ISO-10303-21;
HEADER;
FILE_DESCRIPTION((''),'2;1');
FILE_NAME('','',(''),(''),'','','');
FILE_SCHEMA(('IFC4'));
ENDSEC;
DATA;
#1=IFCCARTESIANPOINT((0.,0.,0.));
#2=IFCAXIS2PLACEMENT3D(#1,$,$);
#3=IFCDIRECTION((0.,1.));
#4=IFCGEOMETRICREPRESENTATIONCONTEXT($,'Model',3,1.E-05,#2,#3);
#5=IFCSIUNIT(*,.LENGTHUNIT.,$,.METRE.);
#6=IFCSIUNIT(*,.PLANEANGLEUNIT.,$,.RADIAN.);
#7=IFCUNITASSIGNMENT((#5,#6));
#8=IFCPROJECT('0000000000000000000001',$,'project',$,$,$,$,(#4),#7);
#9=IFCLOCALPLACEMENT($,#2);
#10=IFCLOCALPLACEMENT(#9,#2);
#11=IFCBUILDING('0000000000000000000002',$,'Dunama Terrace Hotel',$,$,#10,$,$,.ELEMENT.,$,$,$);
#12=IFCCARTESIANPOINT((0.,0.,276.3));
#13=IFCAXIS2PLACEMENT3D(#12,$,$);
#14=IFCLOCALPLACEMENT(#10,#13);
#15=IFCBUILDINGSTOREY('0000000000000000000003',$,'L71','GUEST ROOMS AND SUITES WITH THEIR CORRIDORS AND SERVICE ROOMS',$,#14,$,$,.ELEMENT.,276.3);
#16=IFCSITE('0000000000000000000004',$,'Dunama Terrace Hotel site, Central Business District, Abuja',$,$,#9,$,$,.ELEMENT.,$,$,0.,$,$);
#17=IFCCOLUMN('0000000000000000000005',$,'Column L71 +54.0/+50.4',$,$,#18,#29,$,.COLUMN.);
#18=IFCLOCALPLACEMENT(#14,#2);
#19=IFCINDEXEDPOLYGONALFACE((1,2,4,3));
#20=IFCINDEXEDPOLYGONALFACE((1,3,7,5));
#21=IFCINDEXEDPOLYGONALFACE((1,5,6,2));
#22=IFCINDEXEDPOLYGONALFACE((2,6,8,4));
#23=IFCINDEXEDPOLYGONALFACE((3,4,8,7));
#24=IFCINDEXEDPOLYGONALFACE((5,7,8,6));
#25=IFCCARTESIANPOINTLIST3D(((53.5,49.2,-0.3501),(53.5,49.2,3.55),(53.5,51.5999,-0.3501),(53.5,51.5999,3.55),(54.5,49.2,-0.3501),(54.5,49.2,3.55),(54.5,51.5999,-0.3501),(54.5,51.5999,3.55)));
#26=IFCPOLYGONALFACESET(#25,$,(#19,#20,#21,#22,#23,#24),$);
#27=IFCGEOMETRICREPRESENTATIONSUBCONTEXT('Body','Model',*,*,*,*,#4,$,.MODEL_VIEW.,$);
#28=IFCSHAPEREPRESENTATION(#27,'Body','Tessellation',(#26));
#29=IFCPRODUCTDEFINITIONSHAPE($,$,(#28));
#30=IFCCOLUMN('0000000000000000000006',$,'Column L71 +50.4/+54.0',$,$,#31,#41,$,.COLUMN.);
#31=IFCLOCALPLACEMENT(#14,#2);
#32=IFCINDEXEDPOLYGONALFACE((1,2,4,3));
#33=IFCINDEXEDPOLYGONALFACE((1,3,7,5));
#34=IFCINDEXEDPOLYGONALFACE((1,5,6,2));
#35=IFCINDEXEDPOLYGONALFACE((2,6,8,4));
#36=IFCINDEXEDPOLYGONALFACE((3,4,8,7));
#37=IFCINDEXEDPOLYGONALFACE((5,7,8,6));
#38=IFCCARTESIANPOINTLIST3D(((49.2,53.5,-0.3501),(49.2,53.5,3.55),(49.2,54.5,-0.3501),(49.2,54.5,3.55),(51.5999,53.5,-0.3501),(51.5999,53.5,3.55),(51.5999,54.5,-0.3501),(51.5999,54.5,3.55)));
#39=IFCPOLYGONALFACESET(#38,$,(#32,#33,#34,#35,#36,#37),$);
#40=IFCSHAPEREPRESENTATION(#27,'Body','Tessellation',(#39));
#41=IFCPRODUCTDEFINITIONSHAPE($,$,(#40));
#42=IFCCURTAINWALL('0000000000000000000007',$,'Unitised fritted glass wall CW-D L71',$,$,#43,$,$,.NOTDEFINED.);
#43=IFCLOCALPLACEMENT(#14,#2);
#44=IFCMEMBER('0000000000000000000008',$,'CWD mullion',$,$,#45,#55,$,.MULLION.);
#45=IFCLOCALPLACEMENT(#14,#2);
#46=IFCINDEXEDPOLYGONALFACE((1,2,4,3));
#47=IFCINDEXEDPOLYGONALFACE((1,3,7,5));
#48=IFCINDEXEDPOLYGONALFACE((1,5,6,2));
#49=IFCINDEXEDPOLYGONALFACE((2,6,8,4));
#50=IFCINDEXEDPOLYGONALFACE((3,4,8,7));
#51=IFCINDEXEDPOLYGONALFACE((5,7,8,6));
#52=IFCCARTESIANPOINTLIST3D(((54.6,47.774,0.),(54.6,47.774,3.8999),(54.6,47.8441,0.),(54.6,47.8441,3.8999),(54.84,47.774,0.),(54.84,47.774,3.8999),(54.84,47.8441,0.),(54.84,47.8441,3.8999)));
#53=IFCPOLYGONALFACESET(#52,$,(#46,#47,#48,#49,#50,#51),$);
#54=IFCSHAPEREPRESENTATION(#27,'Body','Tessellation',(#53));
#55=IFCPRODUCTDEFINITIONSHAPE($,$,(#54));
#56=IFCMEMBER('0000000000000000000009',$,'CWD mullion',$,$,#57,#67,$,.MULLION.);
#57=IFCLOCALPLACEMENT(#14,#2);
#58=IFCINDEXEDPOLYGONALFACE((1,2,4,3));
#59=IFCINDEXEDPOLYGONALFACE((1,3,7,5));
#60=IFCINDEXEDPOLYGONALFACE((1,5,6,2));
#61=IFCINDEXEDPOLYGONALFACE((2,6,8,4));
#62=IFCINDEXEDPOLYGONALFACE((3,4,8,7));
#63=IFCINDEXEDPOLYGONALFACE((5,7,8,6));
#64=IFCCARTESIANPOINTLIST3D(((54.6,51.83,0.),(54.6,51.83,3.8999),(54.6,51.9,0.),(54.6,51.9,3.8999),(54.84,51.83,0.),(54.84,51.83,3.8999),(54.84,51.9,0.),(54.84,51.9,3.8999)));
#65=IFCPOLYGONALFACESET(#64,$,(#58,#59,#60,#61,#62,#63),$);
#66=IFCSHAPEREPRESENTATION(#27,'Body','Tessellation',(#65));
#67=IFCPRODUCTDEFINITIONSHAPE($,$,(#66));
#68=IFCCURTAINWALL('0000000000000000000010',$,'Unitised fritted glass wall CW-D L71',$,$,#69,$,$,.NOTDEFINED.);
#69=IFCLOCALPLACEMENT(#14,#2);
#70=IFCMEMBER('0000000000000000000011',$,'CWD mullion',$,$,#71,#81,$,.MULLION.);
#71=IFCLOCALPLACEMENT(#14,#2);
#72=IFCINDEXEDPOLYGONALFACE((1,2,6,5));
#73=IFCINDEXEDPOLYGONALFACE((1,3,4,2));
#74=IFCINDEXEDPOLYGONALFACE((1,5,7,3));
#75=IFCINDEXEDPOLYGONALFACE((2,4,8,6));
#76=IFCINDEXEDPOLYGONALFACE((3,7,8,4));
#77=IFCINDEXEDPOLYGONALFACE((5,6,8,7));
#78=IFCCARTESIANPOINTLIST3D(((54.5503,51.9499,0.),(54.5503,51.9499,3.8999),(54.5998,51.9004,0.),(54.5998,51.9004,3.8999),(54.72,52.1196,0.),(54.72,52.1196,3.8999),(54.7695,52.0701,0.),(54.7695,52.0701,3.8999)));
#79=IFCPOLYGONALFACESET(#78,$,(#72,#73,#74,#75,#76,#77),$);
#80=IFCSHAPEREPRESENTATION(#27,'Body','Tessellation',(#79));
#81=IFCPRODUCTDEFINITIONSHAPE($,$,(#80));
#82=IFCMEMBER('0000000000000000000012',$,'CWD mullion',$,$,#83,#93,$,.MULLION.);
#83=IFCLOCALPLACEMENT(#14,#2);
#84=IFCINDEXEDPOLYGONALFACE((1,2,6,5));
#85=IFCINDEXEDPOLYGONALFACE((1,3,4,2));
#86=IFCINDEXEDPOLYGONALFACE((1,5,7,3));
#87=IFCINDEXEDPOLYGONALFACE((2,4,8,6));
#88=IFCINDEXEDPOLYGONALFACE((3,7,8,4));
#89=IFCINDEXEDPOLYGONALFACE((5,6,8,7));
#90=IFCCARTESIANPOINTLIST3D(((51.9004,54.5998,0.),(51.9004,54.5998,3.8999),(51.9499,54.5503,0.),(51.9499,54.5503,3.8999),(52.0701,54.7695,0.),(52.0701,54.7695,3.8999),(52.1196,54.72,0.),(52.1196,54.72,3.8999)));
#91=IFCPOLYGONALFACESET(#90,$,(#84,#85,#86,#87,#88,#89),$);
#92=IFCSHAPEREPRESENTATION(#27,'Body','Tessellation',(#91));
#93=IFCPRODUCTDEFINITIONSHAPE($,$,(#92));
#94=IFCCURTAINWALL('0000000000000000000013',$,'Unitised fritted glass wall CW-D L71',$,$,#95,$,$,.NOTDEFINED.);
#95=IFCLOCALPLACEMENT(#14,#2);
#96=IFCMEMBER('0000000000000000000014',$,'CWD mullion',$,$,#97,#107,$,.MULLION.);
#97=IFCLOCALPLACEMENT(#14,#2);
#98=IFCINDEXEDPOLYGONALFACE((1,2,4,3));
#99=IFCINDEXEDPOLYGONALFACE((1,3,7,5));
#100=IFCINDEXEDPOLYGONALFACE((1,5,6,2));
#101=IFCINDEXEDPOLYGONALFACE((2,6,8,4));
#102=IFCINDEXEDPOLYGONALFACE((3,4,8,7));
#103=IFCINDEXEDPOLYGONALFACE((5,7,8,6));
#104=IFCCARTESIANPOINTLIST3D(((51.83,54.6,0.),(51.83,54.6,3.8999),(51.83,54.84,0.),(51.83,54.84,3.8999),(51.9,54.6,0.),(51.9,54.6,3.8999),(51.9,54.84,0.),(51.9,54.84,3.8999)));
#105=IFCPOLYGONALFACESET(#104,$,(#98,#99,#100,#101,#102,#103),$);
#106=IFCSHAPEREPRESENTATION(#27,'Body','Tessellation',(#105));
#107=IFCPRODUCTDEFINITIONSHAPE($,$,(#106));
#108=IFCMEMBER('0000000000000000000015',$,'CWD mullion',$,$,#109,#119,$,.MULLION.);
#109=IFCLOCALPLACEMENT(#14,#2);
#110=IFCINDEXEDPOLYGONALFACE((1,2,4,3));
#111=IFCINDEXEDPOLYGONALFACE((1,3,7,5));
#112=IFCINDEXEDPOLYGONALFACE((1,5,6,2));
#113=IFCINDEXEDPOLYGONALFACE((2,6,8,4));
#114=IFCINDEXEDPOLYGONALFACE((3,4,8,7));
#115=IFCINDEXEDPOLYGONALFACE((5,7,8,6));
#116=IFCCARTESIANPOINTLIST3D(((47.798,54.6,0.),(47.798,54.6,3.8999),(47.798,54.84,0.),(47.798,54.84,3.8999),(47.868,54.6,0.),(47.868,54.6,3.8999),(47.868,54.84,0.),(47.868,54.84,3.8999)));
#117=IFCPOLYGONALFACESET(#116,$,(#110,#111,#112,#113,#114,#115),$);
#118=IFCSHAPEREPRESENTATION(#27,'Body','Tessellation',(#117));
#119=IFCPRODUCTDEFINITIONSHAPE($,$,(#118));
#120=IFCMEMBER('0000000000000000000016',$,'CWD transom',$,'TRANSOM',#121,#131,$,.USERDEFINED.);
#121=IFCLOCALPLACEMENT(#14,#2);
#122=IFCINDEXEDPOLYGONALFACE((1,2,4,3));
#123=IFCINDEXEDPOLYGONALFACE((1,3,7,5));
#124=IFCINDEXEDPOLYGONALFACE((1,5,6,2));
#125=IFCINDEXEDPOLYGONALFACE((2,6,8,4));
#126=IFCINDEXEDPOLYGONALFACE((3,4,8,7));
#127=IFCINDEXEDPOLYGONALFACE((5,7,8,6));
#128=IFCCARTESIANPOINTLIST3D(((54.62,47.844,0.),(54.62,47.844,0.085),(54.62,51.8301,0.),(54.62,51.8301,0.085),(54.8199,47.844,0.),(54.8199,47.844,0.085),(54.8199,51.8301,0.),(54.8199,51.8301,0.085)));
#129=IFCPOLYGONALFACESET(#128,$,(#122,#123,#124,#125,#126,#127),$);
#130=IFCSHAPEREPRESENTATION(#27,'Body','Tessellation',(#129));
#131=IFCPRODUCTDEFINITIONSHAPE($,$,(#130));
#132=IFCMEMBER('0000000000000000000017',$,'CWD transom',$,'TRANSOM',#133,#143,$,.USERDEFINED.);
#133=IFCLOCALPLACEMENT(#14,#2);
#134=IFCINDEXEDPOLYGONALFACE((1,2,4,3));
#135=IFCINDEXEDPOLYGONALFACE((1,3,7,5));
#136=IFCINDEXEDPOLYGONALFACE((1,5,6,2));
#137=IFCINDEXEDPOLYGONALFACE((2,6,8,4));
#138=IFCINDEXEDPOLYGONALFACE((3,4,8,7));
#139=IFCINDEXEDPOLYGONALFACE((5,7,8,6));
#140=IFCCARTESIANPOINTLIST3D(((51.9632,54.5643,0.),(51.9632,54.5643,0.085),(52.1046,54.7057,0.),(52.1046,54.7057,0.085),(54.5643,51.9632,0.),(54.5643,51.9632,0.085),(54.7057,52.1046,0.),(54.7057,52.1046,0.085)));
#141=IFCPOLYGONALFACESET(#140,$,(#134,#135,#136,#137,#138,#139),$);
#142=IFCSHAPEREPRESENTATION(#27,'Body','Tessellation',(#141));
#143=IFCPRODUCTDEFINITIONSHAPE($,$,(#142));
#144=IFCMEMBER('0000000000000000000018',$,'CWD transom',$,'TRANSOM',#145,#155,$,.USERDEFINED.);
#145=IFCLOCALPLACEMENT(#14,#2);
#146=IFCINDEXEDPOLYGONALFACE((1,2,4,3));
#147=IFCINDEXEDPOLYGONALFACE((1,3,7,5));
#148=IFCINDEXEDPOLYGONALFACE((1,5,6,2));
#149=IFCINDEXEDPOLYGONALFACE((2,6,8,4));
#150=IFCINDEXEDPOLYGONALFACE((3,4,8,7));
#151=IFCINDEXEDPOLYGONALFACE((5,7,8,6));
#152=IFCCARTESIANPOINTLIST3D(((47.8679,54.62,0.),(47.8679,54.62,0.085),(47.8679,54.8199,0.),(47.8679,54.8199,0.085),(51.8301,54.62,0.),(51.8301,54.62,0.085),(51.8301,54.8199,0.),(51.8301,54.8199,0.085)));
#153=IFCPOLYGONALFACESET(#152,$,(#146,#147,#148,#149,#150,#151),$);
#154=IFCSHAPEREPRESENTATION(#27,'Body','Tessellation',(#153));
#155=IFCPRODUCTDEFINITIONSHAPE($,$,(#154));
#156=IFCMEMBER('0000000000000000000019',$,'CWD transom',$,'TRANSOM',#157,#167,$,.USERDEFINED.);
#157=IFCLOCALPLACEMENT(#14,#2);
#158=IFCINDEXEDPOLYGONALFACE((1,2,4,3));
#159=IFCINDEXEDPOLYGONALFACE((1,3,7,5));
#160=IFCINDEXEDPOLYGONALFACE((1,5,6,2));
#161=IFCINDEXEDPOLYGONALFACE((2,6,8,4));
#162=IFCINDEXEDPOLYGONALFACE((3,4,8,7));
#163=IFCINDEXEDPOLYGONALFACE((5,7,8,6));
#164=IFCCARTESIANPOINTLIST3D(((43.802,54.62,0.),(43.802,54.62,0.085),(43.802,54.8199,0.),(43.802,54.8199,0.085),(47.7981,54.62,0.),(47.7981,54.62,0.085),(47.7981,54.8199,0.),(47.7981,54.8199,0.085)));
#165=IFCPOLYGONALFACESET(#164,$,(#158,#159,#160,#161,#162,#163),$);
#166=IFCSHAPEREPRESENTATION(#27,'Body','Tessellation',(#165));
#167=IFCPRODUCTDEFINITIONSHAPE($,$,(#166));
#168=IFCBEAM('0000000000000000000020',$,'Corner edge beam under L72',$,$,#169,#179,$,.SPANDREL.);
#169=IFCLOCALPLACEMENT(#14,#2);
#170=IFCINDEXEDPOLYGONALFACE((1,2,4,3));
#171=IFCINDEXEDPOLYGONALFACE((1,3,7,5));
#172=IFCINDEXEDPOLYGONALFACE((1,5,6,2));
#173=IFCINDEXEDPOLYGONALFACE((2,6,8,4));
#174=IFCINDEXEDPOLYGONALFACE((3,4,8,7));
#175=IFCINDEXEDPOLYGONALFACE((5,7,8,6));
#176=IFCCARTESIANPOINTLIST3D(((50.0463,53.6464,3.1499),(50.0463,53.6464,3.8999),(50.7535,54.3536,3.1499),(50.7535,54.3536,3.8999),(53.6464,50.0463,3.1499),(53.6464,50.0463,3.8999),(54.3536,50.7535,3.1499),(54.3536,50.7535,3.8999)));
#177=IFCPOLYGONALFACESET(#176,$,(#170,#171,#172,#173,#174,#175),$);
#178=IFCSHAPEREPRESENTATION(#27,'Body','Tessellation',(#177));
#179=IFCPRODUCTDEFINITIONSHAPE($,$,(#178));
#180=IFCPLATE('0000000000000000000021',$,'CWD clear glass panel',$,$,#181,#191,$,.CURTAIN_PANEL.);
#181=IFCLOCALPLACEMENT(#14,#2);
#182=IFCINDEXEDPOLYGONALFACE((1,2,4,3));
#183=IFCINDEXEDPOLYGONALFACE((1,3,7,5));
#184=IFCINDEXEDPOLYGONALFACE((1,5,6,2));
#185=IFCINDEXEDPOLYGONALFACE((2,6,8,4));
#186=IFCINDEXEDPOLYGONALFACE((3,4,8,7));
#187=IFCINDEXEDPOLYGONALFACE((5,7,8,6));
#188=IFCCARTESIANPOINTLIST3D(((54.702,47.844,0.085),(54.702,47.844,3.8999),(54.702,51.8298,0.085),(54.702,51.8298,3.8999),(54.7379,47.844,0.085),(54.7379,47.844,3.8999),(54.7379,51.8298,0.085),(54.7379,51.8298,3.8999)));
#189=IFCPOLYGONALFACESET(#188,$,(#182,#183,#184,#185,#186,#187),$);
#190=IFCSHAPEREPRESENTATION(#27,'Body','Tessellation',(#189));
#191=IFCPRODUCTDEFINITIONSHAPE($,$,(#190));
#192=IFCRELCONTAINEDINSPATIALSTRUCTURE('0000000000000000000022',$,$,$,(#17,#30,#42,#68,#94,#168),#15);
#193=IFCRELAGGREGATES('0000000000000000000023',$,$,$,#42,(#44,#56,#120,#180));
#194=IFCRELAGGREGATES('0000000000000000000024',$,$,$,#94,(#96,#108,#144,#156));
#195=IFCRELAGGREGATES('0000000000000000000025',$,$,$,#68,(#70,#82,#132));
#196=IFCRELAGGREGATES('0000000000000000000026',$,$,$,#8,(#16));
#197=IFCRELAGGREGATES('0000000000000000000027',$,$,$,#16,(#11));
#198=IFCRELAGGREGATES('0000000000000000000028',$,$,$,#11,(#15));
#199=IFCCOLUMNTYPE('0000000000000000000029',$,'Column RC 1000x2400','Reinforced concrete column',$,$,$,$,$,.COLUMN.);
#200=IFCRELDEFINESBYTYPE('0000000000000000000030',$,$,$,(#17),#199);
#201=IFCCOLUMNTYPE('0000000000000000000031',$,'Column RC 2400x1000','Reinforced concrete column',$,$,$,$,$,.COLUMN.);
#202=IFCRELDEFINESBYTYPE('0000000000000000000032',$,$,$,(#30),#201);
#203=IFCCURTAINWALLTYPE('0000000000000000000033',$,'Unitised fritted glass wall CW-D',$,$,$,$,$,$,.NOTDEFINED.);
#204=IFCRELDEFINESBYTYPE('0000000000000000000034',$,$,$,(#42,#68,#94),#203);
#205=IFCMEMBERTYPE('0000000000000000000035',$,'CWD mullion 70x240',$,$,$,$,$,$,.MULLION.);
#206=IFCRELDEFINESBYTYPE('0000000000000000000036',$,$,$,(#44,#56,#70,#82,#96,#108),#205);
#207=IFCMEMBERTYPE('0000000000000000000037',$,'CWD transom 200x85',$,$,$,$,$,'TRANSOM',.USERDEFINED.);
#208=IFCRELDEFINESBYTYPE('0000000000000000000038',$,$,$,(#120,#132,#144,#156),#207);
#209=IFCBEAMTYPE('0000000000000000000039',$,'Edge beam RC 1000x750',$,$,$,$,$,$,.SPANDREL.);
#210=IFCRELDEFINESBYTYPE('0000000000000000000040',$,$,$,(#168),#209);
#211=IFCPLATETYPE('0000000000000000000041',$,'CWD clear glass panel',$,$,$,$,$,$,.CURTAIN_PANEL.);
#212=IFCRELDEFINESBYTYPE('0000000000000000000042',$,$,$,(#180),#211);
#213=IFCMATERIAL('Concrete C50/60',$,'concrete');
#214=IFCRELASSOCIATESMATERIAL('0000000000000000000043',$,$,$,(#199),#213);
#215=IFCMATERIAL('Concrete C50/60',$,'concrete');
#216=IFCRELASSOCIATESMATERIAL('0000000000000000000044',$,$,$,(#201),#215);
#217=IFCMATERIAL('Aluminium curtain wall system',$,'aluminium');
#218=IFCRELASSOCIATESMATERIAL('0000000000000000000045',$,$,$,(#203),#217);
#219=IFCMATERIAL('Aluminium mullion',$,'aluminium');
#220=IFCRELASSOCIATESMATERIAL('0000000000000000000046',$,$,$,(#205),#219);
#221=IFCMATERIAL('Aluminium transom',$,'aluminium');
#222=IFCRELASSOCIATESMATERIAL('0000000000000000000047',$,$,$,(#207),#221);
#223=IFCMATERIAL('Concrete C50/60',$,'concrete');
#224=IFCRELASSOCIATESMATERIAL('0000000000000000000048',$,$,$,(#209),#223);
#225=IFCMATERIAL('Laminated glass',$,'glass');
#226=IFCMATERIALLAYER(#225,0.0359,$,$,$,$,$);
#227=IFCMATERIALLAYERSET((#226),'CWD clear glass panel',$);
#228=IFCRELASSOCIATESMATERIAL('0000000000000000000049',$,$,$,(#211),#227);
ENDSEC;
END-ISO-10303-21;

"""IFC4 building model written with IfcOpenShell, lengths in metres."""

from ifc_helpers import new_model, si_unit, direction, frame, origin, origin_2d, place, context, subcontext, project, spatial, rectangle, extrude, material, layer, layer_set, material_profile, profile_set, type_object, element, aggregate, save


model = new_model("IFC4")

# Units and contexts
model_context = context("Model", 3, precision=1e-05, world=origin(), true_north=direction((0.0, 1.0)))
body_context = subcontext(model_context, "Body", "Model", "MODEL_VIEW")
ifc_project = project(units=[si_unit("LENGTHUNIT", "METRE"), si_unit("PLANEANGLEUNIT", "RADIAN")], contexts=[model_context])

# Site, building, storey
site_placement = place(None, origin())
site = spatial("IfcSite", under=ifc_project, at=site_placement, Name="Dunama Terrace Hotel site, Central Business District, Abuja", CompositionType="ELEMENT", RefElevation=0.0)
building_placement = place(site_placement, origin())
building = spatial("IfcBuilding", under=site, at=building_placement, Name="Dunama Terrace Hotel", CompositionType="ELEMENT")
storey_placement = place(building_placement, frame((0.0, 0.0, 276.3)))
storey = spatial("IfcBuildingStorey", under=building, at=storey_placement, Name="L71", Description="GUEST ROOMS AND SUITES WITH THEIR CORRIDORS AND SERVICE ROOMS", CompositionType="ELEMENT", Elevation=276.3)

# Columns
ifc_material_1 = material(Name="Concrete C50/60", Category="concrete")
ifc_material_profile_1 = material_profile(ifc_material_1, rectangle(XDim=1.0, YDim=2.3999, at=origin_2d()), Name="RC 1000x2400")
ifc_profile_set_1 = profile_set([ifc_material_profile_1], Name="Concrete C50/60")
column_type_1 = type_object("IfcColumnType", Name="Column RC 1000x2400", Description="Reinforced concrete column", PredefinedType="COLUMN", material=ifc_profile_set_1)
column_1_placement = place(storey_placement, frame((54.0, 50.3999, -0.3501), z_axis=(0.0, 0.0, 1.0), x_axis=(1.0, 0.0, 0.0)))
element("IfcColumn", 1, at=column_1_placement, inside=storey, type_object=column_type_1, Name="Column L71 +54.0/+50.4", PredefinedType="COLUMN", context=body_context, shape_type="SweptSolid", body=[
    extrude(rectangle(XDim=1.0, YDim=2.3999, at=origin_2d()), origin(), (0.0, 0.0, 1.0), 3.9001),
])
ifc_material_2 = material(Name="Concrete C50/60", Category="concrete")
ifc_material_profile_2 = material_profile(ifc_material_2, rectangle(XDim=2.3999, YDim=1.0, at=origin_2d()), Name="RC 2400x1000")
ifc_profile_set_2 = profile_set([ifc_material_profile_2], Name="Concrete C50/60")
column_type_2 = type_object("IfcColumnType", Name="Column RC 2400x1000", Description="Reinforced concrete column", PredefinedType="COLUMN", material=ifc_profile_set_2)
column_2_placement = place(storey_placement, frame((50.3999, 54.0, -0.3501), z_axis=(0.0, 0.0, 1.0), x_axis=(1.0, 0.0, 0.0)))
element("IfcColumn", 2, at=column_2_placement, inside=storey, type_object=column_type_2, Name="Column L71 +50.4/+54.0", PredefinedType="COLUMN", context=body_context, shape_type="SweptSolid", body=[
    extrude(rectangle(XDim=2.3999, YDim=1.0, at=origin_2d()), origin(), (0.0, 0.0, 1.0), 3.9001),
])

# Curtain walls, members
ifc_material_3 = material(Name="Aluminium curtain wall system", Category="aluminium")
curtain_wall_type = type_object("IfcCurtainWallType", Name="Unitised fritted glass wall CW-D", PredefinedType="NOTDEFINED", material=ifc_material_3)
curtain_wall_1_placement = place(storey_placement, origin())
curtain_wall_1 = element("IfcCurtainWall", 3, at=curtain_wall_1_placement, inside=storey, type_object=curtain_wall_type, Name="Unitised fritted glass wall CW-D L71", PredefinedType="NOTDEFINED")
ifc_material_4 = material(Name="Aluminium mullion", Category="aluminium")
ifc_material_profile_3 = material_profile(ifc_material_4, rectangle(XDim=0.0701, YDim=0.24, at=origin_2d()), Name="CWD MULLION 70X240")
ifc_profile_set_3 = profile_set([ifc_material_profile_3], Name="Aluminium mullion")
member_type_1 = type_object("IfcMemberType", Name="CWD mullion 70x240", PredefinedType="MULLION", material=ifc_profile_set_3)
member_1_placement = place(storey_placement, frame((54.72, 47.8091, 0.0), z_axis=(0.0, 0.0, 1.0), x_axis=(0.0, 1.0, 0.0)))
member_1 = element("IfcMember", 4, at=member_1_placement, type_object=member_type_1, Name="CWD mullion", PredefinedType="MULLION", context=body_context, shape_type="SweptSolid", body=[
    extrude(rectangle(XDim=0.0701, YDim=0.24, at=origin_2d()), origin(), (0.0, 0.0, 1.0), 3.8999),
])
member_2_placement = place(storey_placement, frame((54.72, 51.865, 0.0), z_axis=(0.0, 0.0, 1.0), x_axis=(0.0, 1.0, 0.0)))
member_2 = element("IfcMember", 5, at=member_2_placement, type_object=member_type_1, Name="CWD mullion", PredefinedType="MULLION", context=body_context, shape_type="SweptSolid", body=[
    extrude(rectangle(XDim=0.0701, YDim=0.24, at=origin_2d()), origin(), (0.0, 0.0, 1.0), 3.8999),
])
curtain_wall_2_placement = place(storey_placement, origin())
curtain_wall_2 = element("IfcCurtainWall", 6, at=curtain_wall_2_placement, inside=storey, type_object=curtain_wall_type, Name="Unitised fritted glass wall CW-D L71", PredefinedType="NOTDEFINED")
member_3_placement = place(storey_placement, frame((54.6599, 52.01, 0.0), z_axis=(0.0, 0.0, 1.0), x_axis=(-0.707107, 0.707107, 0.0)))
member_3 = element("IfcMember", 7, at=member_3_placement, type_object=member_type_1, Name="CWD mullion", PredefinedType="MULLION", context=body_context, shape_type="SweptSolid", body=[
    extrude(rectangle(XDim=0.0701, YDim=0.24, at=origin_2d()), origin(), (0.0, 0.0, 1.0), 3.8999),
])
member_4_placement = place(storey_placement, frame((52.01, 54.6599, 0.0), z_axis=(0.0, 0.0, 1.0), x_axis=(-0.707107, 0.707107, 0.0)))
member_4 = element("IfcMember", 8, at=member_4_placement, type_object=member_type_1, Name="CWD mullion", PredefinedType="MULLION", context=body_context, shape_type="SweptSolid", body=[
    extrude(rectangle(XDim=0.0701, YDim=0.24, at=origin_2d()), origin(), (0.0, 0.0, 1.0), 3.8999),
])
curtain_wall_3_placement = place(storey_placement, origin())
curtain_wall_3 = element("IfcCurtainWall", 9, at=curtain_wall_3_placement, inside=storey, type_object=curtain_wall_type, Name="Unitised fritted glass wall CW-D L71", PredefinedType="NOTDEFINED")
member_5_placement = place(storey_placement, frame((51.865, 54.72, 0.0), z_axis=(0.0, 0.0, 1.0), x_axis=(-1.0, 0.0, 0.0)))
member_5 = element("IfcMember", 10, at=member_5_placement, type_object=member_type_1, Name="CWD mullion", PredefinedType="MULLION", context=body_context, shape_type="SweptSolid", body=[
    extrude(rectangle(XDim=0.0701, YDim=0.24, at=origin_2d()), origin(), (0.0, 0.0, 1.0), 3.8999),
])
member_6_placement = place(storey_placement, frame((47.833, 54.72, 0.0), z_axis=(0.0, 0.0, 1.0), x_axis=(-1.0, 0.0, 0.0)))
member_6 = element("IfcMember", 11, at=member_6_placement, type_object=member_type_1, Name="CWD mullion", PredefinedType="MULLION", context=body_context, shape_type="SweptSolid", body=[
    extrude(rectangle(XDim=0.0701, YDim=0.24, at=origin_2d()), origin(), (0.0, 0.0, 1.0), 3.8999),
])

# Members
ifc_material_5 = material(Name="Aluminium transom", Category="aluminium")
ifc_material_profile_4 = material_profile(ifc_material_5, rectangle(XDim=0.2, YDim=0.085, at=origin_2d()), Name="CWD TRANSOM 200X85")
ifc_profile_set_4 = profile_set([ifc_material_profile_4], Name="Aluminium transom")
member_type_2 = type_object("IfcMemberType", Name="CWD transom 200x85", ElementType="TRANSOM", PredefinedType="USERDEFINED", material=ifc_profile_set_4)
member_7_placement = place(storey_placement, frame((54.72, 47.844, 0.0425), z_axis=(0.0, 1.0, 0.0), x_axis=(-1.0, 0.0, 0.0)))
member_7 = element("IfcMember", 12, at=member_7_placement, type_object=member_type_2, Name="CWD transom", ObjectType="TRANSOM", PredefinedType="USERDEFINED", context=body_context, shape_type="SweptSolid", body=[
    extrude(rectangle(XDim=0.2, YDim=0.085, at=origin_2d()), origin(), (0.0, 0.0, 1.0), 3.9861),
])
member_8_placement = place(storey_placement, frame((54.635, 52.0339, 0.0425), z_axis=(-0.707107, 0.707107, 0.0), x_axis=(-0.707107, -0.707107, 0.0)))
member_8 = element("IfcMember", 13, at=member_8_placement, type_object=member_type_2, Name="CWD transom", ObjectType="TRANSOM", PredefinedType="USERDEFINED", context=body_context, shape_type="SweptSolid", body=[
    extrude(rectangle(XDim=0.2, YDim=0.085, at=origin_2d()), origin(), (0.0, 0.0, 1.0), 3.6785),
])
member_9_placement = place(storey_placement, frame((51.8301, 54.72, 0.0425), z_axis=(-1.0, 0.0, 0.0), x_axis=(0.0, -1.0, 0.0)))
member_9 = element("IfcMember", 14, at=member_9_placement, type_object=member_type_2, Name="CWD transom", ObjectType="TRANSOM", PredefinedType="USERDEFINED", context=body_context, shape_type="SweptSolid", body=[
    extrude(rectangle(XDim=0.2, YDim=0.085, at=origin_2d()), origin(), (0.0, 0.0, 1.0), 3.9622),
])
member_10_placement = place(storey_placement, frame((47.7981, 54.72, 0.0425), z_axis=(-1.0, 0.0, 0.0), x_axis=(0.0, -1.0, 0.0)))
member_10 = element("IfcMember", 15, at=member_10_placement, type_object=member_type_2, Name="CWD transom", ObjectType="TRANSOM", PredefinedType="USERDEFINED", context=body_context, shape_type="SweptSolid", body=[
    extrude(rectangle(XDim=0.2, YDim=0.085, at=origin_2d()), origin(), (0.0, 0.0, 1.0), 3.9961),
])

# Beam
ifc_material_6 = material(Name="Concrete C50/60", Category="concrete")
ifc_material_profile_5 = material_profile(ifc_material_6, rectangle(XDim=1.0, YDim=0.75, at=origin_2d()), Name="RC 1000x750")
ifc_profile_set_5 = profile_set([ifc_material_profile_5], Name="Concrete C50/60")
beam_type = type_object("IfcBeamType", Name="Edge beam RC 1000x750", PredefinedType="SPANDREL", material=ifc_profile_set_5)
beam_placement = place(storey_placement, frame((50.3999, 54.0, 3.5249), z_axis=(0.707107, -0.707107, 0.0), x_axis=(0.707107, 0.707107, 0.0)))
element("IfcBeam", 16, at=beam_placement, inside=storey, type_object=beam_type, Name="Corner edge beam under L72", PredefinedType="SPANDREL", context=body_context, shape_type="SweptSolid", body=[
    extrude(rectangle(XDim=1.0, YDim=0.75, at=origin_2d()), origin(), (0.0, 0.0, 1.0), 5.0913),
])

# Plate
ifc_material_7 = material(Name="Laminated glass", Category="glass")
ifc_layer_1 = layer(ifc_material_7, 0.0359)
ifc_layer_set_1 = layer_set([ifc_layer_1], Name="CWD clear glass panel")
plate_type_1 = type_object("IfcPlateType", Name="CWD clear glass panel", PredefinedType="CURTAIN_PANEL", material=ifc_layer_set_1)
plate_1_placement = place(storey_placement, frame((54.72, 49.8369, 0.085), z_axis=(0.0, 0.0, 1.0), x_axis=(0.0, 1.0, 0.0)))
plate_1 = element("IfcPlate", 17, at=plate_1_placement, type_object=plate_type_1, Name="CWD clear glass panel", PredefinedType="CURTAIN_PANEL", context=body_context, shape_type="SweptSolid", body=[
    extrude(rectangle(XDim=3.9858, YDim=0.0359, at=origin_2d()), origin(), (0.0, 0.0, 1.0), 3.8149),
])
aggregate(curtain_wall_1, [member_1, member_2, member_7, plate_1])
aggregate(curtain_wall_3, [member_5, member_6, member_9, member_10])
aggregate(curtain_wall_2, [member_3, member_4, member_8])

save(model, "model.ifc")
